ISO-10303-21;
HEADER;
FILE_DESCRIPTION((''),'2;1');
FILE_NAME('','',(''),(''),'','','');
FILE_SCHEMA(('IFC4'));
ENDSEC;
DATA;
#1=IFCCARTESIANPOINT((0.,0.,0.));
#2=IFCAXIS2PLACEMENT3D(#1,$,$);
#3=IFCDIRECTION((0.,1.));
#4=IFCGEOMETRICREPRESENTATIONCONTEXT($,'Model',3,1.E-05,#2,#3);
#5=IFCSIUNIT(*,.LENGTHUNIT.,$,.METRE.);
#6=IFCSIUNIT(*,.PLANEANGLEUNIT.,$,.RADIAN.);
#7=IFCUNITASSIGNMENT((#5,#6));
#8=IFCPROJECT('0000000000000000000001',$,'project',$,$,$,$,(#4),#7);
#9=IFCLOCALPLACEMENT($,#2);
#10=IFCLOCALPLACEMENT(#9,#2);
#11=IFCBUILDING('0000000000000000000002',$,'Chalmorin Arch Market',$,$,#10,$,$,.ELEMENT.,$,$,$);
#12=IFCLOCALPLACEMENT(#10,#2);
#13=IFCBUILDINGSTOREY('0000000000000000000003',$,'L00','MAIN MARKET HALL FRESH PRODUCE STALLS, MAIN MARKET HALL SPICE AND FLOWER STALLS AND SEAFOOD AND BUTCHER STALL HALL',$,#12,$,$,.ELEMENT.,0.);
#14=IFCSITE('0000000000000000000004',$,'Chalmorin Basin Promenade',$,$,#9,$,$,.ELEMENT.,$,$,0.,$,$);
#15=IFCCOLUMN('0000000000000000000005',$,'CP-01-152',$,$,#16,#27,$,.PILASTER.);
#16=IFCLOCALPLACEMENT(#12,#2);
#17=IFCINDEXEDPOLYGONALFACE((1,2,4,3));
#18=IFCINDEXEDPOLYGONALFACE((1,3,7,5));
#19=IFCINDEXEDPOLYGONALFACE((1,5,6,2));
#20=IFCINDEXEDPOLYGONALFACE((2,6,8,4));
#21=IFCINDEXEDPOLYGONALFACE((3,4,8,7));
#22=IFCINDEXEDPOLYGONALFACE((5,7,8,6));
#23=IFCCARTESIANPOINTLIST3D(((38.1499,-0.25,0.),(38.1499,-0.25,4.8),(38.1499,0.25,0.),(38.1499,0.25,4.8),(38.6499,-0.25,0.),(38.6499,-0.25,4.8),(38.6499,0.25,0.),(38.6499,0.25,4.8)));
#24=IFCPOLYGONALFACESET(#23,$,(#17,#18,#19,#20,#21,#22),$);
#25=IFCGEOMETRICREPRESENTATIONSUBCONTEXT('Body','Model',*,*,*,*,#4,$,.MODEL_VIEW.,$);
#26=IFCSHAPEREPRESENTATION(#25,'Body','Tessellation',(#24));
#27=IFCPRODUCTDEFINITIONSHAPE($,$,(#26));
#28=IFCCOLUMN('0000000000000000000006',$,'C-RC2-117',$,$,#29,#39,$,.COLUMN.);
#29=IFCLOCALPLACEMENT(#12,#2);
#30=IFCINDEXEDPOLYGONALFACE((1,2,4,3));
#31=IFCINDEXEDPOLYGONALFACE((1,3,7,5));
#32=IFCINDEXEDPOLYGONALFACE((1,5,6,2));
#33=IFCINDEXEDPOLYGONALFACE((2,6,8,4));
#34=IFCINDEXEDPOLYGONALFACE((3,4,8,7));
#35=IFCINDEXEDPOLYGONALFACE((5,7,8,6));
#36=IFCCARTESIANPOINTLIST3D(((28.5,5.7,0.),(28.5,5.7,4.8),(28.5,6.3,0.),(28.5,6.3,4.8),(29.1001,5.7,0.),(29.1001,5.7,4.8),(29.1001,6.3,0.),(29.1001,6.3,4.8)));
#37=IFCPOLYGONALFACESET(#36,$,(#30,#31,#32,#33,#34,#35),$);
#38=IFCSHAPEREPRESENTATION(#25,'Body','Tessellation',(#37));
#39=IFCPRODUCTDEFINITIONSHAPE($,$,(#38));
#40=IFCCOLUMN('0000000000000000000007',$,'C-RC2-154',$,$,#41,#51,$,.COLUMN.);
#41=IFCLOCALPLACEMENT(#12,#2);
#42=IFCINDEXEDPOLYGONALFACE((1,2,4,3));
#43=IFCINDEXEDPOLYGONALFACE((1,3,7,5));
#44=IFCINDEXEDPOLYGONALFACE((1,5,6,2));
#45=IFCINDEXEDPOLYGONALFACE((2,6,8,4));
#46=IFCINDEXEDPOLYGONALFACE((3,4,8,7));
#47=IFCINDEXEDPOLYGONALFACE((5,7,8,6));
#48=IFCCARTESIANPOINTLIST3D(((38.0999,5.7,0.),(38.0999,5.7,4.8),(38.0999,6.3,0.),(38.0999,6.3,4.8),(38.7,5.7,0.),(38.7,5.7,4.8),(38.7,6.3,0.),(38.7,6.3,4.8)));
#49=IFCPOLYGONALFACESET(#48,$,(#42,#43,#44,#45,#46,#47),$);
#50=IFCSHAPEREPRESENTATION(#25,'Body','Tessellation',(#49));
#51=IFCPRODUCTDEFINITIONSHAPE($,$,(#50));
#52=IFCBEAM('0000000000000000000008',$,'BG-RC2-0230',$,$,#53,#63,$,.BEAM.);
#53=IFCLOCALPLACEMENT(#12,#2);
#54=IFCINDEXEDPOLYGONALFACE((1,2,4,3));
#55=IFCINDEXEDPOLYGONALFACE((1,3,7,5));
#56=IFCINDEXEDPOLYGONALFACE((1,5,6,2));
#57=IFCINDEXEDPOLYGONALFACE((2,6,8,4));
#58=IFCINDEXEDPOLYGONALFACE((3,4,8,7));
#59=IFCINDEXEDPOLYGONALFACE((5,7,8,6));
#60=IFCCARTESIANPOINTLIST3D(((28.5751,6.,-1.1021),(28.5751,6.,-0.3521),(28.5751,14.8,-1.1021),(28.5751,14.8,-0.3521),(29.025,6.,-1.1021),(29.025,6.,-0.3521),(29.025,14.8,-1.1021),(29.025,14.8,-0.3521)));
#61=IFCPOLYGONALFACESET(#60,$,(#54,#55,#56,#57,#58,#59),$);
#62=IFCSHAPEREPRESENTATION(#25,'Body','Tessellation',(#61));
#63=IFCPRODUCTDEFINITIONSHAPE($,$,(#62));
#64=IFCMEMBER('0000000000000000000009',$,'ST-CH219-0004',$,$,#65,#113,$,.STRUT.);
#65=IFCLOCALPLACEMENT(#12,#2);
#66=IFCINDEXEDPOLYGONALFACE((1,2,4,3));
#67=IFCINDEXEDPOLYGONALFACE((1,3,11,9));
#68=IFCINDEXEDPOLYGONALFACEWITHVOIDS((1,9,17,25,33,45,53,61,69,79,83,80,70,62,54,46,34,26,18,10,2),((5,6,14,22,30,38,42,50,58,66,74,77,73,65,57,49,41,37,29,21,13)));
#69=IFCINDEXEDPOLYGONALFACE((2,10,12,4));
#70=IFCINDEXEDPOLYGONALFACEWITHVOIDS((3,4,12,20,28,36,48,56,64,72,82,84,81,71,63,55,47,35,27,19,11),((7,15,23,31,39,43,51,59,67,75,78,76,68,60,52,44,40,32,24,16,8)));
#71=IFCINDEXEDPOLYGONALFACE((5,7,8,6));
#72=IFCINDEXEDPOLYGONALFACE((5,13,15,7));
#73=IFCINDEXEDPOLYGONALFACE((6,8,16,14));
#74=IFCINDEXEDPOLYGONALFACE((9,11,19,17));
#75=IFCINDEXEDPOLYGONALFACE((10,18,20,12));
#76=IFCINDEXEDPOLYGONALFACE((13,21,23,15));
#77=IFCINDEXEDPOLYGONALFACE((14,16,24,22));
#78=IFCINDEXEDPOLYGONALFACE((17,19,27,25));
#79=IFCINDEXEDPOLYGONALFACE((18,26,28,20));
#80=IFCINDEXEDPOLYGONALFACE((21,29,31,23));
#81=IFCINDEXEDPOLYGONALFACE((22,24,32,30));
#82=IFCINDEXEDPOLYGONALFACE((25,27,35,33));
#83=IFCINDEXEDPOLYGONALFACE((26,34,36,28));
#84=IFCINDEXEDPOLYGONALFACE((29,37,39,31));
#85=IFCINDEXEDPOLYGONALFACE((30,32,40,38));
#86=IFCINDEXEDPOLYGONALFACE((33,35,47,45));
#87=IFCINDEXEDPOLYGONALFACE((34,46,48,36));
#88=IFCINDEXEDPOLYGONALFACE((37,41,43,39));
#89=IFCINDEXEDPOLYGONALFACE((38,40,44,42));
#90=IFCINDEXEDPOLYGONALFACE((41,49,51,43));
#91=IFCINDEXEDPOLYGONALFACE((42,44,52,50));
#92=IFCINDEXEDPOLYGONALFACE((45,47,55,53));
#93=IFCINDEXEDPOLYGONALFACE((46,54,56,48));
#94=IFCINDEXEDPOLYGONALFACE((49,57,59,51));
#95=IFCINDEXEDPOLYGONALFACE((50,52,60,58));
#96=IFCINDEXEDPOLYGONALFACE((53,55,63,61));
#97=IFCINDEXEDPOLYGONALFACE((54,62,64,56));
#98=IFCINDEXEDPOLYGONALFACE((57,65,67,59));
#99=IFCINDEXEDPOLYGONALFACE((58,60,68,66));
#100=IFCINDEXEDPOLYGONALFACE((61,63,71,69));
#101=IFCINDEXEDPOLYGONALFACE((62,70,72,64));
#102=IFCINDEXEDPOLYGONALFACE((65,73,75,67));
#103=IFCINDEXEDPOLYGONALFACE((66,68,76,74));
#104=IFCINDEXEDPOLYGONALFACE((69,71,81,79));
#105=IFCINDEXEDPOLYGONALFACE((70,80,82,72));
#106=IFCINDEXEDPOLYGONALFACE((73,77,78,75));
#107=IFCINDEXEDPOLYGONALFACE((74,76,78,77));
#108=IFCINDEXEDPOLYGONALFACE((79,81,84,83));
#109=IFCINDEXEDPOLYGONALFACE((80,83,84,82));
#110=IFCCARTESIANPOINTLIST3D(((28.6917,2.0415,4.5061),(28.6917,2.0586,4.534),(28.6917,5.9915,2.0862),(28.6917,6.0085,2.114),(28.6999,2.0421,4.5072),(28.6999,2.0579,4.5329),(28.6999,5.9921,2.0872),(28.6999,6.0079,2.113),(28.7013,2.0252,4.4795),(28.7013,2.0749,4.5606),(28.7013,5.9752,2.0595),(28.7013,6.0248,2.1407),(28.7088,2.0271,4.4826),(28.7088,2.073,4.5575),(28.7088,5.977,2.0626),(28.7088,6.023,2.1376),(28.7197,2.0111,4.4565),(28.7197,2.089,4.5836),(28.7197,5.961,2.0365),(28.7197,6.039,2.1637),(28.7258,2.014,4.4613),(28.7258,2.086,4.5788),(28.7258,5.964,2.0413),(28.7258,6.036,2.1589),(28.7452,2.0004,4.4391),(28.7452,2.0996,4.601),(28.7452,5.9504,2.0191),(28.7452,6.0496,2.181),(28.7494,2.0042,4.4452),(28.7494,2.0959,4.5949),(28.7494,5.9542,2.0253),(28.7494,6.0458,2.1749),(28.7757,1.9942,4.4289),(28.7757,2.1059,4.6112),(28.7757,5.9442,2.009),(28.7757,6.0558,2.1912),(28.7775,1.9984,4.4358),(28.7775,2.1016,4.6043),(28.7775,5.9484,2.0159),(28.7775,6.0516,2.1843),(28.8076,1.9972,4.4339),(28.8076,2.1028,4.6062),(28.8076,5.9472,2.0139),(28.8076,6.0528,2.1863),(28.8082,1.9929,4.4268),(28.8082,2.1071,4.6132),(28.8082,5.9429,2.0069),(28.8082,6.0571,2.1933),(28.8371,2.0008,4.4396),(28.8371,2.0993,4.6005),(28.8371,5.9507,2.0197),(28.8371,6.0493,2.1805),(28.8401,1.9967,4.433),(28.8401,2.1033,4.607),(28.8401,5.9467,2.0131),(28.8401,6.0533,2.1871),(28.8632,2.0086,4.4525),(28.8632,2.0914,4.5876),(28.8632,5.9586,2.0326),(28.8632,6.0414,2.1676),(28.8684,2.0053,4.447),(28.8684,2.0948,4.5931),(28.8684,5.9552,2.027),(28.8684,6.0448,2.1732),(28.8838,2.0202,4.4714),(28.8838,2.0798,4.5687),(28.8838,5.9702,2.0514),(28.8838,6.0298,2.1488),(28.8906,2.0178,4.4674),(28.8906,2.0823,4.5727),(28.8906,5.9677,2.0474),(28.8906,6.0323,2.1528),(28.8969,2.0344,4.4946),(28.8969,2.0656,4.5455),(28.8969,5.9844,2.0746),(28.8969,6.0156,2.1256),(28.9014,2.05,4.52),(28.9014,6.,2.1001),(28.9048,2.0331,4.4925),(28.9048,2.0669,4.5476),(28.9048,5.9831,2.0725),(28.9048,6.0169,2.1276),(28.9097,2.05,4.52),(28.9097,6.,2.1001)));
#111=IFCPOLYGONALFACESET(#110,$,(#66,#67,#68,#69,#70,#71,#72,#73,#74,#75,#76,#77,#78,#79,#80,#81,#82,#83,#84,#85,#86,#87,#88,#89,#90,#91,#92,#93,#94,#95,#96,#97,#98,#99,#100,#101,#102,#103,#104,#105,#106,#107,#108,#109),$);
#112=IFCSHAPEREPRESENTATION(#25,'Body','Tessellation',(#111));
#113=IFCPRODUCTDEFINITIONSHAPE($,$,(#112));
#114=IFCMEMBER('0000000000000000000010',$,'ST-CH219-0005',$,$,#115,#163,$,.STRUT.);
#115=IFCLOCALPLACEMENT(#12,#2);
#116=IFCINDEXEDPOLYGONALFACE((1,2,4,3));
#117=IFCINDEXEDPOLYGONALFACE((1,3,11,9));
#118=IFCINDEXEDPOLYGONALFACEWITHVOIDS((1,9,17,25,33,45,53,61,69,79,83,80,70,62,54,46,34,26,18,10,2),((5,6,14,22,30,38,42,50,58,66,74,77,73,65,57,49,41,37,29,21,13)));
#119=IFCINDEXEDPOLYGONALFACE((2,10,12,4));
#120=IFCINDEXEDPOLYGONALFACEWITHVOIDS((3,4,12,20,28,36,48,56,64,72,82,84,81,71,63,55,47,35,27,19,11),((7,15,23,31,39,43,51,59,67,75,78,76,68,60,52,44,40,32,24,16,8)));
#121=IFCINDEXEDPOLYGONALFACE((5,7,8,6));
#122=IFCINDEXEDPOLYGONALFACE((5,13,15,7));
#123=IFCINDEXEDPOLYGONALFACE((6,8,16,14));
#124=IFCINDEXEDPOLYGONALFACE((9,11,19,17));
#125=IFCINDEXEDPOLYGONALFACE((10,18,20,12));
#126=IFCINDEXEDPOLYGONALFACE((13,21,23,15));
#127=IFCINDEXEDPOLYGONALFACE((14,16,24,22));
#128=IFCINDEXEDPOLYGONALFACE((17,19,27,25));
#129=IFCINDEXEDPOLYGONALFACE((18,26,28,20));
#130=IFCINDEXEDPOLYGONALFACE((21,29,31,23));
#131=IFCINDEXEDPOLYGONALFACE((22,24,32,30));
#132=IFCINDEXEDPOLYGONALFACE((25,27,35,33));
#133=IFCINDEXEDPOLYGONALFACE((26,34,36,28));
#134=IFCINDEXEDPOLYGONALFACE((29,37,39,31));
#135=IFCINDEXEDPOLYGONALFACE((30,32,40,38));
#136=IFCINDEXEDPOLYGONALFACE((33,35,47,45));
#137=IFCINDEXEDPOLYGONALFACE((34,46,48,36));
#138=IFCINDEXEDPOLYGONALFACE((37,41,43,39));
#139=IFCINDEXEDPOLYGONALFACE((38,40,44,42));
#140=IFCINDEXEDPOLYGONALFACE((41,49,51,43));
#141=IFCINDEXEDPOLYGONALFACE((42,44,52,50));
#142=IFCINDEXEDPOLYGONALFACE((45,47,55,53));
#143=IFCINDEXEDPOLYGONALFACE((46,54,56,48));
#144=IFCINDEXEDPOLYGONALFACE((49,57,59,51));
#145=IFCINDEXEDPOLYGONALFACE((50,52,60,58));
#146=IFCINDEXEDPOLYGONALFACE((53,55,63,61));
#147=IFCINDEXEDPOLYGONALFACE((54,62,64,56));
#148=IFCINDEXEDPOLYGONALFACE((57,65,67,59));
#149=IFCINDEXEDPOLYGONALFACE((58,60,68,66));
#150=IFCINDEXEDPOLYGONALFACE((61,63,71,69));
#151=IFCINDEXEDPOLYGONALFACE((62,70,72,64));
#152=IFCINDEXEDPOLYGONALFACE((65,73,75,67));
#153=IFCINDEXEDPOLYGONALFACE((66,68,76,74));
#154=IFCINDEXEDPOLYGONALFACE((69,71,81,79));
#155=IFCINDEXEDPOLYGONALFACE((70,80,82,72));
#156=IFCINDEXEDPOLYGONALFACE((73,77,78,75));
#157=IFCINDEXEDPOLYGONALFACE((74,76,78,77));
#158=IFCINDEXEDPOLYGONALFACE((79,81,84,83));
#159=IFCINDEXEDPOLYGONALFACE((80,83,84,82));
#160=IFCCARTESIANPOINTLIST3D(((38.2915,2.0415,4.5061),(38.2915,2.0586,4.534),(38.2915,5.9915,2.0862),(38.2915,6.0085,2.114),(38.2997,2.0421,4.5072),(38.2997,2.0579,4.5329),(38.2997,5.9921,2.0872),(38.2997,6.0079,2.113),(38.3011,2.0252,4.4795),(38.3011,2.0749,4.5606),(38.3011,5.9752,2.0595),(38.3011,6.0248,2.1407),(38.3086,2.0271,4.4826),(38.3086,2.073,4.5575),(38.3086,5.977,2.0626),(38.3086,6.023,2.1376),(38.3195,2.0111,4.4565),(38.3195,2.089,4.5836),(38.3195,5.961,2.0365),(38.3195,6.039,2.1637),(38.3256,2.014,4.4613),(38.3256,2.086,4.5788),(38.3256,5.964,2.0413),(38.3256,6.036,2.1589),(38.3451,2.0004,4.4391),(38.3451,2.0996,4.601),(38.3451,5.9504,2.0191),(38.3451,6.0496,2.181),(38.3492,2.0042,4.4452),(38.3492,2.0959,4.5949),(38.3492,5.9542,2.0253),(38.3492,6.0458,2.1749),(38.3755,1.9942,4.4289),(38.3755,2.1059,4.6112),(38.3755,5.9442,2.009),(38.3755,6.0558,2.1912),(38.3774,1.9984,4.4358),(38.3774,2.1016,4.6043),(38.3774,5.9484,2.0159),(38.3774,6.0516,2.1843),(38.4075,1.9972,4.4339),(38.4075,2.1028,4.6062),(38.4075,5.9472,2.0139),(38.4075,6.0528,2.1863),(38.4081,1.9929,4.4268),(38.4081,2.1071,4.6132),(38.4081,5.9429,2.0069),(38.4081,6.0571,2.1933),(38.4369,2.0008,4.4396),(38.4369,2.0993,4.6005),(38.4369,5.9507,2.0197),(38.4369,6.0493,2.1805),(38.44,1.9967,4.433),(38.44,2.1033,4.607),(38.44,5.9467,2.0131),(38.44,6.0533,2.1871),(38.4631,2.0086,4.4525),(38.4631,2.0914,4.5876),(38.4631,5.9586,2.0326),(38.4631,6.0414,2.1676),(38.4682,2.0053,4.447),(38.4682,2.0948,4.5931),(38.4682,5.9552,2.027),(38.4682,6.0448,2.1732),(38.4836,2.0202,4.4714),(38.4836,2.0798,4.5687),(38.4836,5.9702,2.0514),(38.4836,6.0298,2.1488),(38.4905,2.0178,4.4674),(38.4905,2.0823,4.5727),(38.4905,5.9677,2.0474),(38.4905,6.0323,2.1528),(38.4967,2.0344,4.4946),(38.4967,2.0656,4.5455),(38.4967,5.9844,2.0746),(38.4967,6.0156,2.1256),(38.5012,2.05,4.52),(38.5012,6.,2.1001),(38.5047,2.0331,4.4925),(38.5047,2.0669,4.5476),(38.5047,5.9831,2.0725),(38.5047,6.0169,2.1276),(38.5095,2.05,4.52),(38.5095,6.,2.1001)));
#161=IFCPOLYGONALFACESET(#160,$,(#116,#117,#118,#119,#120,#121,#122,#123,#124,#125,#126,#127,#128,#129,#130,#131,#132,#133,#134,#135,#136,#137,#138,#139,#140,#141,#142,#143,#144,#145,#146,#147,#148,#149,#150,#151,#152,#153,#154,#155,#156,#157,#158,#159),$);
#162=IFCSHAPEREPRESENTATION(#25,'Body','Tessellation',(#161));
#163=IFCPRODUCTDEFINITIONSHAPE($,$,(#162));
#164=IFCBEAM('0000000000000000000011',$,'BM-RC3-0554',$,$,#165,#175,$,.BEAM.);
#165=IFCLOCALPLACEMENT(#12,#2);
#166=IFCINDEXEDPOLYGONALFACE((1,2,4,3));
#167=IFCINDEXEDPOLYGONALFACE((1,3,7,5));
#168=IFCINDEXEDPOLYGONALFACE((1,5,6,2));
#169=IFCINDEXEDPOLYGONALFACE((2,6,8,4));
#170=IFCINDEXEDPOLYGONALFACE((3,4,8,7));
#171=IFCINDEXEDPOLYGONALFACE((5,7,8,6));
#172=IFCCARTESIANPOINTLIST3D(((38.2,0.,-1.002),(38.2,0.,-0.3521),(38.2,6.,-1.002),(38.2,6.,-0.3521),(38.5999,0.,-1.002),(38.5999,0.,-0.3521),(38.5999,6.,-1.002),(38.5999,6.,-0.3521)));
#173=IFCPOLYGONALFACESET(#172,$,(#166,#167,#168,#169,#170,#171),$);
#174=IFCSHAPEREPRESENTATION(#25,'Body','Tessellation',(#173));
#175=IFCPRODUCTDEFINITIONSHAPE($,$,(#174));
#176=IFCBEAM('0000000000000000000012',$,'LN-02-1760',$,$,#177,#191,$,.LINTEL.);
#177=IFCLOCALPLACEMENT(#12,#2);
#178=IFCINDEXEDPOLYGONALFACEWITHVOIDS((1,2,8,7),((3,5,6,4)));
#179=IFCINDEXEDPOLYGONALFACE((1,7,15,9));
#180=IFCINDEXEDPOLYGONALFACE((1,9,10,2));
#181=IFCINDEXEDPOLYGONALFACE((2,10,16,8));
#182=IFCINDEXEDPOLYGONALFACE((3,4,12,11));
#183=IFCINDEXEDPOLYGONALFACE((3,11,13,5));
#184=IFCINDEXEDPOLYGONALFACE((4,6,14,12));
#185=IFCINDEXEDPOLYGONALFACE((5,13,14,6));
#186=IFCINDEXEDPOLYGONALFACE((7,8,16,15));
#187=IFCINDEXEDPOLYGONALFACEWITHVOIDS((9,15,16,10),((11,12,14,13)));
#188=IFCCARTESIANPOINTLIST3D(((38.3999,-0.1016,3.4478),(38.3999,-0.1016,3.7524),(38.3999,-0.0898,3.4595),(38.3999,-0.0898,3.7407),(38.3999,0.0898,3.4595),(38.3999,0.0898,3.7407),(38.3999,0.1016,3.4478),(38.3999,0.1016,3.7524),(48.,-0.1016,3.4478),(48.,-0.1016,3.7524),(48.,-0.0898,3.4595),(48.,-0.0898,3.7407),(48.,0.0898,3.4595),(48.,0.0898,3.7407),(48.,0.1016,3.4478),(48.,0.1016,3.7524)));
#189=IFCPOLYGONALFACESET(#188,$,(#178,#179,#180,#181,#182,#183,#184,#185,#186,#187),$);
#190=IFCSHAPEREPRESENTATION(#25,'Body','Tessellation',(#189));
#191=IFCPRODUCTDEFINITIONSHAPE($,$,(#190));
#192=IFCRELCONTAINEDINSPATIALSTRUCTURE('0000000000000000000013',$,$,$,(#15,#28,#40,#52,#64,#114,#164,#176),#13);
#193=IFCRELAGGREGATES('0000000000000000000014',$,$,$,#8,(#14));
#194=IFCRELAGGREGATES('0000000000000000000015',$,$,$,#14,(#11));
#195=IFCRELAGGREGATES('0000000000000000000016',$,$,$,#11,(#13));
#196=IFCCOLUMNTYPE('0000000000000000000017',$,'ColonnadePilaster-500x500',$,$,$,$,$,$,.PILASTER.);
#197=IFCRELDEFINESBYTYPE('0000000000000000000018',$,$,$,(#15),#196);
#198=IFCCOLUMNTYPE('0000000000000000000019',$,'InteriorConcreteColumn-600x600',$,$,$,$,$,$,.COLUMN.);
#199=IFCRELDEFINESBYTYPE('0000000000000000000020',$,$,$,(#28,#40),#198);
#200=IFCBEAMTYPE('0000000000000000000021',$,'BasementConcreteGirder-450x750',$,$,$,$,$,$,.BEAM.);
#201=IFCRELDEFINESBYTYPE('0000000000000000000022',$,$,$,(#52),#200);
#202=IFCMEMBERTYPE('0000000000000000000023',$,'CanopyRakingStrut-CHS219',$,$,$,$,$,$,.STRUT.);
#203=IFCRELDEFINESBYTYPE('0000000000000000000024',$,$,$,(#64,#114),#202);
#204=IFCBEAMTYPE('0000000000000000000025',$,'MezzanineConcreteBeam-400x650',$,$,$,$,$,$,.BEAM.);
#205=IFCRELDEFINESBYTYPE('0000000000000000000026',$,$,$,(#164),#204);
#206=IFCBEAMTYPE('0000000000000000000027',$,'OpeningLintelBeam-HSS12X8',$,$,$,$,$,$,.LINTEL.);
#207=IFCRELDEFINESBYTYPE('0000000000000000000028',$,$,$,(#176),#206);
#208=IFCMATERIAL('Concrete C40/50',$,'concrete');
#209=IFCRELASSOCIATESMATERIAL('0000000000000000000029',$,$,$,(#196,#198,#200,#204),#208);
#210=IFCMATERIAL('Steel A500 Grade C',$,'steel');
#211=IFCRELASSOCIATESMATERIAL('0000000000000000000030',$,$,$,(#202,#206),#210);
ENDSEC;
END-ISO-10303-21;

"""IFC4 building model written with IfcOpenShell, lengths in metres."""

from ifc_helpers import new_model, si_unit, direction, frame, origin, origin_2d, place, context, subcontext, project, spatial, rectangle, hollow_rectangle, hollow_circle, extrude, material, material_profile, profile_set, type_object, element, save


model = new_model("IFC4")

# Units and contexts
model_context = context("Model", 3, precision=1e-05, world=origin(), true_north=direction((0.0, 1.0)))
body_context = subcontext(model_context, "Body", "Model", "MODEL_VIEW")
ifc_project = project(units=[si_unit("LENGTHUNIT", "METRE"), si_unit("PLANEANGLEUNIT", "RADIAN")], contexts=[model_context])

# Site, building, storey
site_placement = place(None, origin())
site = spatial("IfcSite", under=ifc_project, at=site_placement, Name="Chalmorin Basin Promenade", CompositionType="ELEMENT", RefElevation=0.0)
building_placement = place(site_placement, origin())
building = spatial("IfcBuilding", under=site, at=building_placement, Name="Chalmorin Arch Market", CompositionType="ELEMENT")
storey_placement = place(building_placement, origin())
storey = spatial("IfcBuildingStorey", under=building, at=storey_placement, Name="L00", Description="MAIN MARKET HALL FRESH PRODUCE STALLS, MAIN MARKET HALL SPICE AND FLOWER STALLS AND SEAFOOD AND BUTCHER STALL HALL", CompositionType="ELEMENT", Elevation=0.0)

# Columns
ifc_material_1 = material(Name="Concrete C40/50", Category="concrete")
ifc_material_profile_1 = material_profile(ifc_material_1, rectangle(XDim=0.5, YDim=0.5, at=origin_2d()), Name="RC500X500")
ifc_profile_set_1 = profile_set([ifc_material_profile_1], Name="Concrete C40/50")
column_type_1 = type_object("IfcColumnType", Name="ColonnadePilaster-500x500", PredefinedType="PILASTER", material=ifc_profile_set_1)
column_placement = place(storey_placement, frame((38.3999, 0.0, 0.0), z_axis=(0.0, 0.0, 1.0), x_axis=(1.0, 0.0, 0.0)))
element("IfcColumn", 1, at=column_placement, inside=storey, type_object=column_type_1, Name="CP-01-152", PredefinedType="PILASTER", context=body_context, shape_type="SweptSolid", body=[
    extrude(rectangle(XDim=0.5, YDim=0.5, at=origin_2d()), origin(), (0.0, 0.0, 1.0), 4.8),
])
ifc_material_profile_2 = material_profile(ifc_material_1, rectangle(XDim=0.6001, YDim=0.6001, at=origin_2d()), Name="RC600X600")
ifc_profile_set_2 = profile_set([ifc_material_profile_2], Name="Concrete C40/50")
column_type_2 = type_object("IfcColumnType", Name="InteriorConcreteColumn-600x600", PredefinedType="COLUMN", material=ifc_profile_set_2)
for number, where, z_axis, x_axis, name in (
    (2, (28.8, 6.0, 0.0), (0.0, 0.0, 1.0), (1.0, 0.0, 0.0), "C-RC2-117"),
    (3, (38.3999, 6.0, 0.0), (0.0, 0.0, 1.0), (1.0, 0.0, 0.0), "C-RC2-154"),
):
    element("IfcColumn", number, at=place(storey_placement, frame(where, z_axis=z_axis, x_axis=x_axis)), inside=storey, type_object=column_type_2, Name=name, PredefinedType="COLUMN", context=body_context, shape_type="SweptSolid", body=[
        extrude(rectangle(XDim=0.6001, YDim=0.6001, at=origin_2d()), origin(), (0.0, 0.0, 1.0), 4.8),
    ])

# Beam
ifc_material_profile_3 = material_profile(ifc_material_1, rectangle(XDim=0.45, YDim=0.75, at=origin_2d()), Name="RC450X750")
ifc_profile_set_3 = profile_set([ifc_material_profile_3], Name="Concrete C40/50")
beam_type_1 = type_object("IfcBeamType", Name="BasementConcreteGirder-450x750", PredefinedType="BEAM", material=ifc_profile_set_3)
beam_1_placement = place(storey_placement, frame((28.8, 6.0, -0.7271), z_axis=(0.0, 1.0, 0.0), x_axis=(-1.0, 0.0, 0.0)))
element("IfcBeam", 4, at=beam_1_placement, inside=storey, type_object=beam_type_1, Name="BG-RC2-0230", PredefinedType="BEAM", context=body_context, shape_type="SweptSolid", body=[
    extrude(rectangle(XDim=0.45, YDim=0.75, at=origin_2d()), origin(), (0.0, 0.0, 1.0), 8.8),
])

# Members
ifc_material_2 = material(Name="Steel A500 Grade C", Category="steel")
ifc_material_profile_4 = material_profile(ifc_material_2, hollow_circle(Radius=0.1096, WallThickness=0.0083, at=origin_2d()), Name="CHS219X8")
ifc_profile_set_4 = profile_set([ifc_material_profile_4], Name="Steel A500 Grade C")
member_type = type_object("IfcMemberType", Name="CanopyRakingStrut-CHS219", PredefinedType="STRUT", material=ifc_profile_set_4)
for number, where, z_axis, x_axis, name in (
    (5, (28.8, 6.0, 2.1001), (0.0, -0.852699, 0.522403), (1.0, 0.0, 0.0), "ST-CH219-0004"),
    (6, (38.3999, 6.0, 2.1001), (0.0, -0.852699, 0.522403), (1.0, 0.0, 0.0), "ST-CH219-0005"),
):
    element("IfcMember", number, at=place(storey_placement, frame(where, z_axis=z_axis, x_axis=x_axis)), inside=storey, type_object=member_type, Name=name, PredefinedType="STRUT", context=body_context, shape_type="SweptSolid", body=[
        extrude(hollow_circle(Radius=0.1096, WallThickness=0.0083, at=origin_2d()), origin(), (0.0, 0.0, 1.0), 4.6323),
    ])

# Beams
ifc_material_profile_5 = material_profile(ifc_material_1, rectangle(XDim=0.3999, YDim=0.6499, at=origin_2d()), Name="RC400X650")
ifc_profile_set_5 = profile_set([ifc_material_profile_5], Name="Concrete C40/50")
beam_type_2 = type_object("IfcBeamType", Name="MezzanineConcreteBeam-400x650", PredefinedType="BEAM", material=ifc_profile_set_5)
beam_2_placement = place(storey_placement, frame((38.3999, 0.0, -0.677), z_axis=(0.0, 1.0, 0.0), x_axis=(-1.0, 0.0, 0.0)))
element("IfcBeam", 7, at=beam_2_placement, inside=storey, type_object=beam_type_2, Name="BM-RC3-0554", PredefinedType="BEAM", context=body_context, shape_type="SweptSolid", body=[
    extrude(rectangle(XDim=0.3999, YDim=0.6499, at=origin_2d()), origin(), (0.0, 0.0, 1.0), 6.0),
])
ifc_material_profile_6 = material_profile(ifc_material_2, hollow_rectangle(XDim=0.2031, YDim=0.3047, WallThickness=0.0117, at=origin_2d()), Name="HSS12X8X1/2")
ifc_profile_set_6 = profile_set([ifc_material_profile_6], Name="Steel A500 Grade C")
beam_type_3 = type_object("IfcBeamType", Name="OpeningLintelBeam-HSS12X8", PredefinedType="LINTEL", material=ifc_profile_set_6)
beam_3_placement = place(storey_placement, frame((38.3999, 0.0, 3.6001), z_axis=(1.0, 0.0, 0.0), x_axis=(0.0, 1.0, 0.0)))
element("IfcBeam", 8, at=beam_3_placement, inside=storey, type_object=beam_type_3, Name="LN-02-1760", PredefinedType="LINTEL", context=body_context, shape_type="SweptSolid", body=[
    extrude(hollow_rectangle(XDim=0.2031, YDim=0.3047, WallThickness=0.0117, at=origin_2d()), origin(), (0.0, 0.0, 1.0), 9.6001),
])

save(model, "model.ifc")
